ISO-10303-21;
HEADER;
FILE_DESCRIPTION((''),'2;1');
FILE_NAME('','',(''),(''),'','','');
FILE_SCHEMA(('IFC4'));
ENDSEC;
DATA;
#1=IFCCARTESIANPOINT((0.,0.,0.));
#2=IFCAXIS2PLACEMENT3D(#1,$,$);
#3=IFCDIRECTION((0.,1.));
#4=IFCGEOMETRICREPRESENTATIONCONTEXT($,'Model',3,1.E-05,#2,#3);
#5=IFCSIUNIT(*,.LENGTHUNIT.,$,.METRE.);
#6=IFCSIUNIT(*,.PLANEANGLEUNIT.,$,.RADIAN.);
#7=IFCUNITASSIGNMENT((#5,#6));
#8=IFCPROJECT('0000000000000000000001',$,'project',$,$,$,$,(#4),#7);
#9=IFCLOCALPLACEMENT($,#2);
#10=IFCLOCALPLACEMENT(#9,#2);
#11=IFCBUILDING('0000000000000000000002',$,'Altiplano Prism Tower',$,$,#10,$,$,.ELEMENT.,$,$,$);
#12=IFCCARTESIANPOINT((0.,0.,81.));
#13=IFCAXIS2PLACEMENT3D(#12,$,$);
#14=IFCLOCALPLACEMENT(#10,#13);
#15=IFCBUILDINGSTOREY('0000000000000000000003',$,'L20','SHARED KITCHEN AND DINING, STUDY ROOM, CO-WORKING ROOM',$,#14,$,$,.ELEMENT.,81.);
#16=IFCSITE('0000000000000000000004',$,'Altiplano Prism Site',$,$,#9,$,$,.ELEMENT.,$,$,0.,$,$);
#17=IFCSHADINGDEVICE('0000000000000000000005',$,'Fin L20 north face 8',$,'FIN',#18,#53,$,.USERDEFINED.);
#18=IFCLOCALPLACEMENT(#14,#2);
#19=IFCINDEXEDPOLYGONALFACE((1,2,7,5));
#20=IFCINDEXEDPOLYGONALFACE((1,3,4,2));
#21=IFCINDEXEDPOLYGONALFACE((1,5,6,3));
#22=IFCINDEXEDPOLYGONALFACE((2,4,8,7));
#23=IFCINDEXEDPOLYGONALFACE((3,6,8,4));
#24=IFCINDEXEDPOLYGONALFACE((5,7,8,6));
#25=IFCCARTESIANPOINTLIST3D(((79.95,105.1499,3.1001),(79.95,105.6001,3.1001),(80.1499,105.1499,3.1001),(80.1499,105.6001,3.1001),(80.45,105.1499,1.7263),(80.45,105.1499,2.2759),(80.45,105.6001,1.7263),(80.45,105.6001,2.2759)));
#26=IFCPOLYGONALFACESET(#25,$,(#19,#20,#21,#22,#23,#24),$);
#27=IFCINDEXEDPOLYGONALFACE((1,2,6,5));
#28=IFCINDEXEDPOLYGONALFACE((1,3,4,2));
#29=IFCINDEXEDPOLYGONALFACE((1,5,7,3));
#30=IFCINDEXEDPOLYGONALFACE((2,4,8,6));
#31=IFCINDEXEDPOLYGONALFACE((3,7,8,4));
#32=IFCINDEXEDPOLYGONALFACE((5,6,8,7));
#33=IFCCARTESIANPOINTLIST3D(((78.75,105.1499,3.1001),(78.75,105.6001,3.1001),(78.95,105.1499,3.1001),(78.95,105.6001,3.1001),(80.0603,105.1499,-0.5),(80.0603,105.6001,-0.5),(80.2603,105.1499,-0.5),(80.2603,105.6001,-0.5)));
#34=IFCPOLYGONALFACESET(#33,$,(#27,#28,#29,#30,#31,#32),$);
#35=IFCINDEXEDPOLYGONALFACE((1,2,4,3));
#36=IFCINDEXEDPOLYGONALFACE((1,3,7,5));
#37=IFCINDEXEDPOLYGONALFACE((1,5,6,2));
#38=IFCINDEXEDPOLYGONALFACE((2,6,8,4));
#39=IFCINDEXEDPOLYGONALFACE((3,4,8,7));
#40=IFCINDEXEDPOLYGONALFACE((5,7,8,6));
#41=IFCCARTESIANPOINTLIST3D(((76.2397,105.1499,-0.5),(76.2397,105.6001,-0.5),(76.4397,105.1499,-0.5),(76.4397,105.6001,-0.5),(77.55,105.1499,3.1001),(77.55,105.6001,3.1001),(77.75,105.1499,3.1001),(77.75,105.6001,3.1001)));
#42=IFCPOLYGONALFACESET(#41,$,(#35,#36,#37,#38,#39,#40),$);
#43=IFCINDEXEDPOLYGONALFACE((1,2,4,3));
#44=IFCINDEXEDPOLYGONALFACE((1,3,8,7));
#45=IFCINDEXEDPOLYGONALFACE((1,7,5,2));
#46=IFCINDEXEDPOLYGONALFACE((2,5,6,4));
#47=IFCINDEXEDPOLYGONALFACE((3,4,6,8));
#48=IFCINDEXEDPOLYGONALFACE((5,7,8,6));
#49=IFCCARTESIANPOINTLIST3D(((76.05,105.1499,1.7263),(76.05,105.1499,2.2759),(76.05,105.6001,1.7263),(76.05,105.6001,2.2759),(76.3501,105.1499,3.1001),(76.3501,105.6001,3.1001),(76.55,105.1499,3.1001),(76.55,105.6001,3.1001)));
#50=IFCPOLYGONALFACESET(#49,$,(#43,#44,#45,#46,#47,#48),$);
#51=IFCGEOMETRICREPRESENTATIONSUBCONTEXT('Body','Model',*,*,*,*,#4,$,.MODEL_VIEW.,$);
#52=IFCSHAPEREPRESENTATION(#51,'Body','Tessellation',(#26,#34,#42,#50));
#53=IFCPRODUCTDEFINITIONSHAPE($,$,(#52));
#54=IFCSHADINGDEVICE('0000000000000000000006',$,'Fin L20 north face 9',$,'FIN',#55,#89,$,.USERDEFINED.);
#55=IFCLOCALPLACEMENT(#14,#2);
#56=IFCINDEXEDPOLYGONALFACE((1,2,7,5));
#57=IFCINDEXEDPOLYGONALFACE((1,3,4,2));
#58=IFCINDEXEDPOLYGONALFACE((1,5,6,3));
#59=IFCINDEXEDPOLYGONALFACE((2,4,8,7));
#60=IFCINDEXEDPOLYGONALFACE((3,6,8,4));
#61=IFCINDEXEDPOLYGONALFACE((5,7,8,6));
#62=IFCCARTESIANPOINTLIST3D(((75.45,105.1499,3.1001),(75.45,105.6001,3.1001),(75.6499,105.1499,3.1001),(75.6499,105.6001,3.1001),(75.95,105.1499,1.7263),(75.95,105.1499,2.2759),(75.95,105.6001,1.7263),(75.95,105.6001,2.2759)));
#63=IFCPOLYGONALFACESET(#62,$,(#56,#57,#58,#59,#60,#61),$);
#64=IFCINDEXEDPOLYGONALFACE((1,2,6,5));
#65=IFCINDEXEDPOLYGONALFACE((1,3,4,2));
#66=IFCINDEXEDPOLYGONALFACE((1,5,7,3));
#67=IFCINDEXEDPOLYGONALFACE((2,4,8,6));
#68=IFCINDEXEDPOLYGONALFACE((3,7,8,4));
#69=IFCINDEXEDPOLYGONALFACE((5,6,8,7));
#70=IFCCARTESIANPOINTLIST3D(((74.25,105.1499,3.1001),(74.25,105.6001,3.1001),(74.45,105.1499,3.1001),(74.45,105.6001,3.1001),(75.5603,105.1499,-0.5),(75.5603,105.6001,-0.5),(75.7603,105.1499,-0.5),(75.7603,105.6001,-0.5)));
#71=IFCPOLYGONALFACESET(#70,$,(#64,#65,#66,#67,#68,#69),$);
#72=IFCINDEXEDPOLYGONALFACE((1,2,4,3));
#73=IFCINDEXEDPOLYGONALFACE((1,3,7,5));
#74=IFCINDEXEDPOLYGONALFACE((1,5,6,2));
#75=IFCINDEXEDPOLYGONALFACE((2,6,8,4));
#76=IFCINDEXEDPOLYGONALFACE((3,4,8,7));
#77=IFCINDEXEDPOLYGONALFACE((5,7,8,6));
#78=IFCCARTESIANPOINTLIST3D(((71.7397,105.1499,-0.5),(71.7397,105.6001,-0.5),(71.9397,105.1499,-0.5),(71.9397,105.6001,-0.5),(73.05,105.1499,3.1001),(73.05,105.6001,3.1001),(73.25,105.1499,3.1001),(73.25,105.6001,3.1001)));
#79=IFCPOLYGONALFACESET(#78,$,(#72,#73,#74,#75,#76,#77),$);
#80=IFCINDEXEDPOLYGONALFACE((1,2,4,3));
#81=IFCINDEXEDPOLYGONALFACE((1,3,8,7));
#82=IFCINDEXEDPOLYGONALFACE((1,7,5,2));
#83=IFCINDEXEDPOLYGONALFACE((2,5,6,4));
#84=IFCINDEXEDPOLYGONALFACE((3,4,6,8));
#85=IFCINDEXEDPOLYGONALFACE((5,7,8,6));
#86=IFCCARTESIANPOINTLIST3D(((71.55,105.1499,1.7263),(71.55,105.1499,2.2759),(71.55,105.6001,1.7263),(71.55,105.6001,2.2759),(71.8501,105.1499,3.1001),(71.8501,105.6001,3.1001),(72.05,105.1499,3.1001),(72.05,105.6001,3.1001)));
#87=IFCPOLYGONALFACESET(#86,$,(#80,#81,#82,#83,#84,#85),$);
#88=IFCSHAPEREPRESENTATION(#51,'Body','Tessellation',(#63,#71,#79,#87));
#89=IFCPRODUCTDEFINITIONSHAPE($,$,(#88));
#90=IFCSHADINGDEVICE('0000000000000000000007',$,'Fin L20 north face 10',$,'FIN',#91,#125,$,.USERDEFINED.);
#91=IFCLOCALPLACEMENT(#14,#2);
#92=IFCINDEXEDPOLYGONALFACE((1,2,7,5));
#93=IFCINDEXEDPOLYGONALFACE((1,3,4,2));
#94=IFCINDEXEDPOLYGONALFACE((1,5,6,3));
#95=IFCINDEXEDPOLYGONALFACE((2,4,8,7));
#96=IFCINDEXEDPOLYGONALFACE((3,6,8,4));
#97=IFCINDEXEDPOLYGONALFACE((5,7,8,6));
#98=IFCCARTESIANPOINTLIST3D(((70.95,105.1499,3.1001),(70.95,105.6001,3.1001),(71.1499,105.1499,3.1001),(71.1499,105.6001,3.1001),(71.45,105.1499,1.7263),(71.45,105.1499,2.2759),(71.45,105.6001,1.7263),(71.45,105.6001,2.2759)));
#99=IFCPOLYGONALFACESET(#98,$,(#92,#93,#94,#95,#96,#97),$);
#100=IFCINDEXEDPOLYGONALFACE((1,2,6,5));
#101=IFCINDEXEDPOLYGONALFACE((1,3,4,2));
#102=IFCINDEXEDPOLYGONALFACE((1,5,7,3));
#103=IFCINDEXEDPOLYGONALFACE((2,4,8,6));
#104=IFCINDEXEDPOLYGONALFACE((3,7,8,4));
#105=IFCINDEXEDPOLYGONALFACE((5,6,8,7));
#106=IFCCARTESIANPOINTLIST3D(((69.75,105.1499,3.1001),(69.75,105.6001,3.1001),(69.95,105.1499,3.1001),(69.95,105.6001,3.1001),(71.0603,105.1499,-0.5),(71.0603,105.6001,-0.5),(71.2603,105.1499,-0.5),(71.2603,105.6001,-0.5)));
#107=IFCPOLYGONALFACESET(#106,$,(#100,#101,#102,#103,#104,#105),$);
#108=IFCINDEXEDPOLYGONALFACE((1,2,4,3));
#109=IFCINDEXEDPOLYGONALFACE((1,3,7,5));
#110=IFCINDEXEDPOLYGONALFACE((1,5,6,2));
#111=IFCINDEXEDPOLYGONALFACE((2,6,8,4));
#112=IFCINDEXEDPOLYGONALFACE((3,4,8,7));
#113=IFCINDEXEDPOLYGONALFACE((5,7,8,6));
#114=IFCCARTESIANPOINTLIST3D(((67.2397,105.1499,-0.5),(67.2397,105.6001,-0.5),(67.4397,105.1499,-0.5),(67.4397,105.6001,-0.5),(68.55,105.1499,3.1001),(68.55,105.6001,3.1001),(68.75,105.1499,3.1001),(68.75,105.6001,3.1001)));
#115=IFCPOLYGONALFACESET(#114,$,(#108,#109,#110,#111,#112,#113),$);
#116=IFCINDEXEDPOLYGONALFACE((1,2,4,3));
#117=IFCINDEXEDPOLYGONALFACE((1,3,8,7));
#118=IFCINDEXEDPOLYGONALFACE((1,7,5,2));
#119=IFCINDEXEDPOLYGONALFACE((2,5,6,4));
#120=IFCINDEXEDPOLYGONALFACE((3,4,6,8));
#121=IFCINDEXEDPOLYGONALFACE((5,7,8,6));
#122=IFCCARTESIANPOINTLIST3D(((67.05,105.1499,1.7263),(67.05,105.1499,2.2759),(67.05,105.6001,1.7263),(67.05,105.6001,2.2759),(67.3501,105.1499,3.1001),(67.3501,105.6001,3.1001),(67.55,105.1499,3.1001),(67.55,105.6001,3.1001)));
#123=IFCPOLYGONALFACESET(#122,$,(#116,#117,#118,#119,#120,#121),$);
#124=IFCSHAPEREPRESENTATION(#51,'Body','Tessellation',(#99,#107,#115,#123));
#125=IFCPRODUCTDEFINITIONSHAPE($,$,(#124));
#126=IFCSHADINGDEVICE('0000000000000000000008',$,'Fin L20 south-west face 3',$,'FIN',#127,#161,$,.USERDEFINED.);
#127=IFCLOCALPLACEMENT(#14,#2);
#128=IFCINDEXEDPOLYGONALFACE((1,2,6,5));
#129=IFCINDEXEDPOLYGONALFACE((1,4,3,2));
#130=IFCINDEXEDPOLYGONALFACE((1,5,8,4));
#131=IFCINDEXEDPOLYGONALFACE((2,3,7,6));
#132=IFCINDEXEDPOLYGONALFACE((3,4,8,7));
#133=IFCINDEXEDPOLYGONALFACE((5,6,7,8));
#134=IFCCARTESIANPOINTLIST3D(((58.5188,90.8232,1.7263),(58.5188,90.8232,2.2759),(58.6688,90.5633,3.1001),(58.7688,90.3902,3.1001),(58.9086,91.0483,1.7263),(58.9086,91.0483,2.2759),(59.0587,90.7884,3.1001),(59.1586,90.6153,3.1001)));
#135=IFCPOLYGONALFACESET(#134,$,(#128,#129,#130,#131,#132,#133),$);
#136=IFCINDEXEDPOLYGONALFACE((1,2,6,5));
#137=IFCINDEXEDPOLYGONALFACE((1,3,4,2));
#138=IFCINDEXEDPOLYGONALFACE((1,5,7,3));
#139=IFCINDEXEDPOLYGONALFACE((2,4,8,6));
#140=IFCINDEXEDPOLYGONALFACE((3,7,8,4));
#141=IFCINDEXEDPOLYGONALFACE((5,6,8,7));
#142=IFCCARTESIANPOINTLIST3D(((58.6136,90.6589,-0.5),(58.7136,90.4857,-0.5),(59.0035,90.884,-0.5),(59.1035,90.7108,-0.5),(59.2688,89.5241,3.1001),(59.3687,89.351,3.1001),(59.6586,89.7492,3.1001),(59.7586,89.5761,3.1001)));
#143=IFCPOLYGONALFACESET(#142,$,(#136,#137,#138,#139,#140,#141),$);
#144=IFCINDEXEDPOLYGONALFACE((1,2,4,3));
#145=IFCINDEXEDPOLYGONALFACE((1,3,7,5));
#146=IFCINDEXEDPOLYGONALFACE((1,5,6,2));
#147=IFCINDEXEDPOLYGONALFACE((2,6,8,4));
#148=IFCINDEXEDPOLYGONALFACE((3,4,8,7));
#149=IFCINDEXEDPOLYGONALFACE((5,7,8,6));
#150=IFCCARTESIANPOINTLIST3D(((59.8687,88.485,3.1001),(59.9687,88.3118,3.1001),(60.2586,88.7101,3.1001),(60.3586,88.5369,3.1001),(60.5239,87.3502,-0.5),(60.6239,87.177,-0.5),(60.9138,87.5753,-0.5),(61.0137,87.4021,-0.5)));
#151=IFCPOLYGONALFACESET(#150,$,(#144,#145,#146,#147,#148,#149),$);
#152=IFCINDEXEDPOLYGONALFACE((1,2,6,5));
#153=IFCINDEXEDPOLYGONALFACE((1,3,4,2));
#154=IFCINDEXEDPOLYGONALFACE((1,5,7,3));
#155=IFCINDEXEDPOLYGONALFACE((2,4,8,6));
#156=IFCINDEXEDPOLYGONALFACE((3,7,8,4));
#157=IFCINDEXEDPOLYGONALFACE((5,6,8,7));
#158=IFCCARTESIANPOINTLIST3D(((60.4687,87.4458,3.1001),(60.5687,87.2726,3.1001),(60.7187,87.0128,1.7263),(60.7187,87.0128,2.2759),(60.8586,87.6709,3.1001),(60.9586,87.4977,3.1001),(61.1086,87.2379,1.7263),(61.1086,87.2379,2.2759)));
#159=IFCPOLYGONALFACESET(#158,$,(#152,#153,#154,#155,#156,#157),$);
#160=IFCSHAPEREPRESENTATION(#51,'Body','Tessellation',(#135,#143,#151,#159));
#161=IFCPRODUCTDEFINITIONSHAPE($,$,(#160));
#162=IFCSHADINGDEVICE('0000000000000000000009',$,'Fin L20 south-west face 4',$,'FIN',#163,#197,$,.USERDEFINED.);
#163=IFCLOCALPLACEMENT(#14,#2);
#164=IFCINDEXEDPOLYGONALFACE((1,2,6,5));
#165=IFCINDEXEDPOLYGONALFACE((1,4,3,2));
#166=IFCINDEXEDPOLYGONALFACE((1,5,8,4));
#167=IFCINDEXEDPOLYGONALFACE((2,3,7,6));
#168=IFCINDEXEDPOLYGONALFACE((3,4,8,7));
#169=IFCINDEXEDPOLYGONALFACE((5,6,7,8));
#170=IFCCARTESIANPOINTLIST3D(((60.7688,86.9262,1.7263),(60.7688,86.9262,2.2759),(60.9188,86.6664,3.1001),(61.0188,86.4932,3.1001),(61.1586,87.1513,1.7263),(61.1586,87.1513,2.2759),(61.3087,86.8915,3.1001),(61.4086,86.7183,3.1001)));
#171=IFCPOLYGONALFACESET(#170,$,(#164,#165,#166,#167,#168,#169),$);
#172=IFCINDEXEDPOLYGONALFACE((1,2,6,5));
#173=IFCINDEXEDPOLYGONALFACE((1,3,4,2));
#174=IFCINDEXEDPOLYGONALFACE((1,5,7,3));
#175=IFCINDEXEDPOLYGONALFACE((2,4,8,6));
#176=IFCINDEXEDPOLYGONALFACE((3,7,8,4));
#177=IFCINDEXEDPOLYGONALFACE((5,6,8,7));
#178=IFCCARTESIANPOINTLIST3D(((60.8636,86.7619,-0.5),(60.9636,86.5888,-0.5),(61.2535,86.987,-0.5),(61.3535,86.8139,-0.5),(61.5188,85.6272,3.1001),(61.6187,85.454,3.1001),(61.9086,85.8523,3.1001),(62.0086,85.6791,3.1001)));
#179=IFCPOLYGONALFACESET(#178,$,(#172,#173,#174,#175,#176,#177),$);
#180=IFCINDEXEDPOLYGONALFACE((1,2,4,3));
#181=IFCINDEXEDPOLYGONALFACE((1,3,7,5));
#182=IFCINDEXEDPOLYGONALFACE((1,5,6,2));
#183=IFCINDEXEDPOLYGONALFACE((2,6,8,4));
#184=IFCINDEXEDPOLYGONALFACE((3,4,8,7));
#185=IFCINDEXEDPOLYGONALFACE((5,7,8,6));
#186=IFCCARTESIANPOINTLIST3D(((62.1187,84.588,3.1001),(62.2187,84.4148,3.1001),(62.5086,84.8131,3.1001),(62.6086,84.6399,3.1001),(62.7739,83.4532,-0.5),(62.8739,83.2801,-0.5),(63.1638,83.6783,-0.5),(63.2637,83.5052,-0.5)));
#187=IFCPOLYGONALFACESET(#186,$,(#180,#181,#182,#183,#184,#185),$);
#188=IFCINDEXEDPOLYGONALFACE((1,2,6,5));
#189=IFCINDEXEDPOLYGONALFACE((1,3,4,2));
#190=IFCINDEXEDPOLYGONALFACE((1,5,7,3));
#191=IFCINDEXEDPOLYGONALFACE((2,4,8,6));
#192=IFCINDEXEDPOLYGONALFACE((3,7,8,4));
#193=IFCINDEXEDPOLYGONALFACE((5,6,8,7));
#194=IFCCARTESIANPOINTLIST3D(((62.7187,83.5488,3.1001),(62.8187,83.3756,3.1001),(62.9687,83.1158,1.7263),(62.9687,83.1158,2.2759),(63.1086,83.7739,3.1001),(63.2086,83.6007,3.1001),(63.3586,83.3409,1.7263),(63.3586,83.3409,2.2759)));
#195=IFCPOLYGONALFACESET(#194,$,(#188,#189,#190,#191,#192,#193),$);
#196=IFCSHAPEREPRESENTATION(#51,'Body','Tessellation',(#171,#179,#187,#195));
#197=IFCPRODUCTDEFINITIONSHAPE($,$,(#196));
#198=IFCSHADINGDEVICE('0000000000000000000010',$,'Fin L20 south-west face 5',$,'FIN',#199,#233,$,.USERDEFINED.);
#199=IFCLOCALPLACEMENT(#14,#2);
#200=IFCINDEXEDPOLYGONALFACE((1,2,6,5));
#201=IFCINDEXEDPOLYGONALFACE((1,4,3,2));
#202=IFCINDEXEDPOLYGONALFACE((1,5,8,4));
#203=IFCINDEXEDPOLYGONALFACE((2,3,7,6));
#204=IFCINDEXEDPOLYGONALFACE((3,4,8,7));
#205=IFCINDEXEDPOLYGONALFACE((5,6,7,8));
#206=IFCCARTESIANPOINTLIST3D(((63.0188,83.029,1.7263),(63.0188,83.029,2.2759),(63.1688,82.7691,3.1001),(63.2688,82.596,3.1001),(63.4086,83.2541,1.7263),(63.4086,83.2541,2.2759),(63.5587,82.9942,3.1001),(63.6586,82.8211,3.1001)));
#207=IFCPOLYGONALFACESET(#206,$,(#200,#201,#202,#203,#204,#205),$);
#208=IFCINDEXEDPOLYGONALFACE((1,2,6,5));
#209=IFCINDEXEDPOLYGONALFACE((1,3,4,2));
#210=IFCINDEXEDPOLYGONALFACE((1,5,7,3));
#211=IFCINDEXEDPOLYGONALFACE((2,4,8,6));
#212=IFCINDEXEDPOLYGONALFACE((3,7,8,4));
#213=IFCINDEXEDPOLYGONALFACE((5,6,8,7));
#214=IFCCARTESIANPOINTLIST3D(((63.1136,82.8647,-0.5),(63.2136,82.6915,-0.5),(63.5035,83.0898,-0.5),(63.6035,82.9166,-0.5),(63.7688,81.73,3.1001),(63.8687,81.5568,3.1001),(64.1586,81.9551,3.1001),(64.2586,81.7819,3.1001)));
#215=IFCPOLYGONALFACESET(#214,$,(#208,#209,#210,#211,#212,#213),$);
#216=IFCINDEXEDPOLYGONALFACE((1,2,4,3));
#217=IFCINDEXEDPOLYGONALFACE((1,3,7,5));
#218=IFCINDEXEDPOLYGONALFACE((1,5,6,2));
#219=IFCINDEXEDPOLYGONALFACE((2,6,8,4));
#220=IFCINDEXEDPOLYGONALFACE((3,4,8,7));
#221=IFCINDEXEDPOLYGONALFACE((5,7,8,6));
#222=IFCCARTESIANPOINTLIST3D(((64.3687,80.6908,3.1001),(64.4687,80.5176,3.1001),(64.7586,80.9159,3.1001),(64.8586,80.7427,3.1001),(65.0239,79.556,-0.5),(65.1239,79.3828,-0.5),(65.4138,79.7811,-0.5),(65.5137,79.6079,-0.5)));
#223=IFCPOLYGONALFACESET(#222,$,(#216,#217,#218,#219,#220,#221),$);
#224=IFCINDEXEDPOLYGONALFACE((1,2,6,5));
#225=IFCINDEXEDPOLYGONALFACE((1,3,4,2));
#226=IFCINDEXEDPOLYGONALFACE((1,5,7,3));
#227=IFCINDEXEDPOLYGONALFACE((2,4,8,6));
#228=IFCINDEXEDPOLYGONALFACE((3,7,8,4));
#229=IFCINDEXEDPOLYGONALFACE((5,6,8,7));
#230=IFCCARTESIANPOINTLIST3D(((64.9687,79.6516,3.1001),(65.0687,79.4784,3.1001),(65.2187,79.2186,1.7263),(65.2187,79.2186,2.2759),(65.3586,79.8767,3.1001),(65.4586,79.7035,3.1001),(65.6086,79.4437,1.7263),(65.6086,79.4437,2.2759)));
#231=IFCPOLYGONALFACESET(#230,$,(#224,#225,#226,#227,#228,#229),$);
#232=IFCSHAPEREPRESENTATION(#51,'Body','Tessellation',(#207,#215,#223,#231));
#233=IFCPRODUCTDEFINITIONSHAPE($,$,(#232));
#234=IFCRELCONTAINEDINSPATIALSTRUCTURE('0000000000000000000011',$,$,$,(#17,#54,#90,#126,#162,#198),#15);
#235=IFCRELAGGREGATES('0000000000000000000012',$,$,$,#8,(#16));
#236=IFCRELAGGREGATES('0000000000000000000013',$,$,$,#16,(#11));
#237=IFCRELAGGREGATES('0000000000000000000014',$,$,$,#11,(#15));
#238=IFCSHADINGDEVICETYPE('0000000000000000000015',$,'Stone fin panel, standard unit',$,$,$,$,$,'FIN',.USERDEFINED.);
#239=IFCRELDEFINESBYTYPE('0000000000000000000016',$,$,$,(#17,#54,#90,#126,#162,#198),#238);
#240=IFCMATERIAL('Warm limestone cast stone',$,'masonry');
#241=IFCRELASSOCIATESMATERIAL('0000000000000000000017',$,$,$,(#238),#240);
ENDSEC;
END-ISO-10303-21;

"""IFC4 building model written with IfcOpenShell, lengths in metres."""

from ifc_helpers import new_model, si_unit, direction, frame, origin, place, context, subcontext, project, spatial, polyline, outline, extrude, source, transform, mapped, material, type_object, element, save


model = new_model("IFC4")

# Units and contexts
model_context = context("Model", 3, precision=1e-05, world=origin(), true_north=direction((0.0, 1.0)))
body_context = subcontext(model_context, "Body", "Model", "MODEL_VIEW")
ifc_project = project(units=[si_unit("LENGTHUNIT", "METRE"), si_unit("PLANEANGLEUNIT", "RADIAN")], contexts=[model_context])

# Site, building, storey
site_placement = place(None, origin())
site = spatial("IfcSite", under=ifc_project, at=site_placement, Name="Altiplano Prism Site", CompositionType="ELEMENT", RefElevation=0.0)
building_placement = place(site_placement, origin())
building = spatial("IfcBuilding", under=site, at=building_placement, Name="Altiplano Prism Tower", CompositionType="ELEMENT")
storey_placement = place(building_placement, frame((0.0, 0.0, 81.0)))
storey = spatial("IfcBuildingStorey", under=building, at=storey_placement, Name="L20", Description="SHARED KITCHEN AND DINING, STUDY ROOM, CO-WORKING ROOM", CompositionType="ELEMENT", Elevation=81.0)

# Shading devices
ifc_material_1 = material(Name="Warm limestone cast stone", Category="masonry")
shading_device_type_1 = type_object("IfcShadingDeviceType", Name="Stone fin panel, standard unit", ElementType="FIN", PredefinedType="USERDEFINED", material=ifc_material_1)
shared_shape_1 = source(origin(), body_context, "Body", "SweptSolid", [
    extrude(outline(polyline([(-2.2, 2.2263), (-1.7, 3.6001), (-1.8999, 3.6001), (-2.2, 2.7759), (-2.2, 2.2263)])), frame((0.0, -0.1499, 0.0), z_axis=(0.0, -1.0, 0.0), x_axis=(1.0, 0.0, 0.0)), (0.0, 0.0, 1.0), 0.4502),
    extrude(outline(polyline([(-2.0103, 0.0), (-1.8103, 0.0), (-0.5, 3.6001), (-0.7, 3.6001), (-2.0103, 0.0)])), frame((0.0, -0.1499, 0.0), z_axis=(0.0, -1.0, 0.0), x_axis=(1.0, 0.0, 0.0)), (0.0, 0.0, 1.0), 0.4502),
    extrude(outline(polyline([(1.8103, 0.0), (2.0103, 0.0), (0.7, 3.6001), (0.5, 3.6001), (1.8103, 0.0)])), frame((0.0, -0.1499, 0.0), z_axis=(0.0, -1.0, 0.0), x_axis=(1.0, 0.0, 0.0)), (0.0, 0.0, 1.0), 0.4502),
    extrude(outline(polyline([(2.2, 2.7759), (1.8999, 3.6001), (1.7, 3.6001), (2.2, 2.2263), (2.2, 2.7759)])), frame((0.0, -0.1499, 0.0), z_axis=(0.0, -1.0, 0.0), x_axis=(1.0, 0.0, 0.0)), (0.0, 0.0, 1.0), 0.4502),
])
shading_device_1_placement = place(storey_placement, origin())
element("IfcShadingDevice", 1, at=shading_device_1_placement, inside=storey, type_object=shading_device_type_1, Name="Fin L20 north face 8", ObjectType="FIN", PredefinedType="USERDEFINED", context=body_context, shape_type="MappedRepresentation", body=[
    mapped(shared_shape_1, transform((78.25, 105.0, -0.5), x_axis=(-1.0, 0.0, 0.0), y_axis=(0.0, -1.0, 0.0), z_axis=(0.0, 0.0, 1.0))),
])
shading_device_2_placement = place(storey_placement, origin())
element("IfcShadingDevice", 2, at=shading_device_2_placement, inside=storey, type_object=shading_device_type_1, Name="Fin L20 north face 9", ObjectType="FIN", PredefinedType="USERDEFINED", context=body_context, shape_type="MappedRepresentation", body=[
    mapped(shared_shape_1, transform((73.75, 105.0, -0.5), x_axis=(-1.0, 0.0, 0.0), y_axis=(0.0, -1.0, 0.0), z_axis=(0.0, 0.0, 1.0))),
])
shading_device_3_placement = place(storey_placement, origin())
element("IfcShadingDevice", 3, at=shading_device_3_placement, inside=storey, type_object=shading_device_type_1, Name="Fin L20 north face 10", ObjectType="FIN", PredefinedType="USERDEFINED", context=body_context, shape_type="MappedRepresentation", body=[
    mapped(shared_shape_1, transform((69.25, 105.0, -0.5), x_axis=(-1.0, 0.0, 0.0), y_axis=(0.0, -1.0, 0.0), z_axis=(0.0, 0.0, 1.0))),
])
shading_device_4_placement = place(storey_placement, origin())
element("IfcShadingDevice", 4, at=shading_device_4_placement, inside=storey, type_object=shading_device_type_1, Name="Fin L20 south-west face 3", ObjectType="FIN", PredefinedType="USERDEFINED", context=body_context, shape_type="MappedRepresentation", body=[
    mapped(shared_shape_1, transform((60.1384, 89.218, -0.5), x_axis=(0.5, -0.866025, 0.0), y_axis=(0.866025, 0.5, 0.0), z_axis=(0.0, 0.0, 1.0))),
])
shading_device_5_placement = place(storey_placement, origin())
element("IfcShadingDevice", 5, at=shading_device_5_placement, inside=storey, type_object=shading_device_type_1, Name="Fin L20 south-west face 4", ObjectType="FIN", PredefinedType="USERDEFINED", context=body_context, shape_type="MappedRepresentation", body=[
    mapped(shared_shape_1, transform((62.3884, 85.321, -0.5), x_axis=(0.5, -0.866025, 0.0), y_axis=(0.866025, 0.5, 0.0), z_axis=(0.0, 0.0, 1.0))),
])
shading_device_6_placement = place(storey_placement, origin())
element("IfcShadingDevice", 6, at=shading_device_6_placement, inside=storey, type_object=shading_device_type_1, Name="Fin L20 south-west face 5", ObjectType="FIN", PredefinedType="USERDEFINED", context=body_context, shape_type="MappedRepresentation", body=[
    mapped(shared_shape_1, transform((64.6384, 81.4238, -0.5), x_axis=(0.5, -0.866025, 0.0), y_axis=(0.866025, 0.5, 0.0), z_axis=(0.0, 0.0, 1.0))),
])

save(model, "model.ifc")
